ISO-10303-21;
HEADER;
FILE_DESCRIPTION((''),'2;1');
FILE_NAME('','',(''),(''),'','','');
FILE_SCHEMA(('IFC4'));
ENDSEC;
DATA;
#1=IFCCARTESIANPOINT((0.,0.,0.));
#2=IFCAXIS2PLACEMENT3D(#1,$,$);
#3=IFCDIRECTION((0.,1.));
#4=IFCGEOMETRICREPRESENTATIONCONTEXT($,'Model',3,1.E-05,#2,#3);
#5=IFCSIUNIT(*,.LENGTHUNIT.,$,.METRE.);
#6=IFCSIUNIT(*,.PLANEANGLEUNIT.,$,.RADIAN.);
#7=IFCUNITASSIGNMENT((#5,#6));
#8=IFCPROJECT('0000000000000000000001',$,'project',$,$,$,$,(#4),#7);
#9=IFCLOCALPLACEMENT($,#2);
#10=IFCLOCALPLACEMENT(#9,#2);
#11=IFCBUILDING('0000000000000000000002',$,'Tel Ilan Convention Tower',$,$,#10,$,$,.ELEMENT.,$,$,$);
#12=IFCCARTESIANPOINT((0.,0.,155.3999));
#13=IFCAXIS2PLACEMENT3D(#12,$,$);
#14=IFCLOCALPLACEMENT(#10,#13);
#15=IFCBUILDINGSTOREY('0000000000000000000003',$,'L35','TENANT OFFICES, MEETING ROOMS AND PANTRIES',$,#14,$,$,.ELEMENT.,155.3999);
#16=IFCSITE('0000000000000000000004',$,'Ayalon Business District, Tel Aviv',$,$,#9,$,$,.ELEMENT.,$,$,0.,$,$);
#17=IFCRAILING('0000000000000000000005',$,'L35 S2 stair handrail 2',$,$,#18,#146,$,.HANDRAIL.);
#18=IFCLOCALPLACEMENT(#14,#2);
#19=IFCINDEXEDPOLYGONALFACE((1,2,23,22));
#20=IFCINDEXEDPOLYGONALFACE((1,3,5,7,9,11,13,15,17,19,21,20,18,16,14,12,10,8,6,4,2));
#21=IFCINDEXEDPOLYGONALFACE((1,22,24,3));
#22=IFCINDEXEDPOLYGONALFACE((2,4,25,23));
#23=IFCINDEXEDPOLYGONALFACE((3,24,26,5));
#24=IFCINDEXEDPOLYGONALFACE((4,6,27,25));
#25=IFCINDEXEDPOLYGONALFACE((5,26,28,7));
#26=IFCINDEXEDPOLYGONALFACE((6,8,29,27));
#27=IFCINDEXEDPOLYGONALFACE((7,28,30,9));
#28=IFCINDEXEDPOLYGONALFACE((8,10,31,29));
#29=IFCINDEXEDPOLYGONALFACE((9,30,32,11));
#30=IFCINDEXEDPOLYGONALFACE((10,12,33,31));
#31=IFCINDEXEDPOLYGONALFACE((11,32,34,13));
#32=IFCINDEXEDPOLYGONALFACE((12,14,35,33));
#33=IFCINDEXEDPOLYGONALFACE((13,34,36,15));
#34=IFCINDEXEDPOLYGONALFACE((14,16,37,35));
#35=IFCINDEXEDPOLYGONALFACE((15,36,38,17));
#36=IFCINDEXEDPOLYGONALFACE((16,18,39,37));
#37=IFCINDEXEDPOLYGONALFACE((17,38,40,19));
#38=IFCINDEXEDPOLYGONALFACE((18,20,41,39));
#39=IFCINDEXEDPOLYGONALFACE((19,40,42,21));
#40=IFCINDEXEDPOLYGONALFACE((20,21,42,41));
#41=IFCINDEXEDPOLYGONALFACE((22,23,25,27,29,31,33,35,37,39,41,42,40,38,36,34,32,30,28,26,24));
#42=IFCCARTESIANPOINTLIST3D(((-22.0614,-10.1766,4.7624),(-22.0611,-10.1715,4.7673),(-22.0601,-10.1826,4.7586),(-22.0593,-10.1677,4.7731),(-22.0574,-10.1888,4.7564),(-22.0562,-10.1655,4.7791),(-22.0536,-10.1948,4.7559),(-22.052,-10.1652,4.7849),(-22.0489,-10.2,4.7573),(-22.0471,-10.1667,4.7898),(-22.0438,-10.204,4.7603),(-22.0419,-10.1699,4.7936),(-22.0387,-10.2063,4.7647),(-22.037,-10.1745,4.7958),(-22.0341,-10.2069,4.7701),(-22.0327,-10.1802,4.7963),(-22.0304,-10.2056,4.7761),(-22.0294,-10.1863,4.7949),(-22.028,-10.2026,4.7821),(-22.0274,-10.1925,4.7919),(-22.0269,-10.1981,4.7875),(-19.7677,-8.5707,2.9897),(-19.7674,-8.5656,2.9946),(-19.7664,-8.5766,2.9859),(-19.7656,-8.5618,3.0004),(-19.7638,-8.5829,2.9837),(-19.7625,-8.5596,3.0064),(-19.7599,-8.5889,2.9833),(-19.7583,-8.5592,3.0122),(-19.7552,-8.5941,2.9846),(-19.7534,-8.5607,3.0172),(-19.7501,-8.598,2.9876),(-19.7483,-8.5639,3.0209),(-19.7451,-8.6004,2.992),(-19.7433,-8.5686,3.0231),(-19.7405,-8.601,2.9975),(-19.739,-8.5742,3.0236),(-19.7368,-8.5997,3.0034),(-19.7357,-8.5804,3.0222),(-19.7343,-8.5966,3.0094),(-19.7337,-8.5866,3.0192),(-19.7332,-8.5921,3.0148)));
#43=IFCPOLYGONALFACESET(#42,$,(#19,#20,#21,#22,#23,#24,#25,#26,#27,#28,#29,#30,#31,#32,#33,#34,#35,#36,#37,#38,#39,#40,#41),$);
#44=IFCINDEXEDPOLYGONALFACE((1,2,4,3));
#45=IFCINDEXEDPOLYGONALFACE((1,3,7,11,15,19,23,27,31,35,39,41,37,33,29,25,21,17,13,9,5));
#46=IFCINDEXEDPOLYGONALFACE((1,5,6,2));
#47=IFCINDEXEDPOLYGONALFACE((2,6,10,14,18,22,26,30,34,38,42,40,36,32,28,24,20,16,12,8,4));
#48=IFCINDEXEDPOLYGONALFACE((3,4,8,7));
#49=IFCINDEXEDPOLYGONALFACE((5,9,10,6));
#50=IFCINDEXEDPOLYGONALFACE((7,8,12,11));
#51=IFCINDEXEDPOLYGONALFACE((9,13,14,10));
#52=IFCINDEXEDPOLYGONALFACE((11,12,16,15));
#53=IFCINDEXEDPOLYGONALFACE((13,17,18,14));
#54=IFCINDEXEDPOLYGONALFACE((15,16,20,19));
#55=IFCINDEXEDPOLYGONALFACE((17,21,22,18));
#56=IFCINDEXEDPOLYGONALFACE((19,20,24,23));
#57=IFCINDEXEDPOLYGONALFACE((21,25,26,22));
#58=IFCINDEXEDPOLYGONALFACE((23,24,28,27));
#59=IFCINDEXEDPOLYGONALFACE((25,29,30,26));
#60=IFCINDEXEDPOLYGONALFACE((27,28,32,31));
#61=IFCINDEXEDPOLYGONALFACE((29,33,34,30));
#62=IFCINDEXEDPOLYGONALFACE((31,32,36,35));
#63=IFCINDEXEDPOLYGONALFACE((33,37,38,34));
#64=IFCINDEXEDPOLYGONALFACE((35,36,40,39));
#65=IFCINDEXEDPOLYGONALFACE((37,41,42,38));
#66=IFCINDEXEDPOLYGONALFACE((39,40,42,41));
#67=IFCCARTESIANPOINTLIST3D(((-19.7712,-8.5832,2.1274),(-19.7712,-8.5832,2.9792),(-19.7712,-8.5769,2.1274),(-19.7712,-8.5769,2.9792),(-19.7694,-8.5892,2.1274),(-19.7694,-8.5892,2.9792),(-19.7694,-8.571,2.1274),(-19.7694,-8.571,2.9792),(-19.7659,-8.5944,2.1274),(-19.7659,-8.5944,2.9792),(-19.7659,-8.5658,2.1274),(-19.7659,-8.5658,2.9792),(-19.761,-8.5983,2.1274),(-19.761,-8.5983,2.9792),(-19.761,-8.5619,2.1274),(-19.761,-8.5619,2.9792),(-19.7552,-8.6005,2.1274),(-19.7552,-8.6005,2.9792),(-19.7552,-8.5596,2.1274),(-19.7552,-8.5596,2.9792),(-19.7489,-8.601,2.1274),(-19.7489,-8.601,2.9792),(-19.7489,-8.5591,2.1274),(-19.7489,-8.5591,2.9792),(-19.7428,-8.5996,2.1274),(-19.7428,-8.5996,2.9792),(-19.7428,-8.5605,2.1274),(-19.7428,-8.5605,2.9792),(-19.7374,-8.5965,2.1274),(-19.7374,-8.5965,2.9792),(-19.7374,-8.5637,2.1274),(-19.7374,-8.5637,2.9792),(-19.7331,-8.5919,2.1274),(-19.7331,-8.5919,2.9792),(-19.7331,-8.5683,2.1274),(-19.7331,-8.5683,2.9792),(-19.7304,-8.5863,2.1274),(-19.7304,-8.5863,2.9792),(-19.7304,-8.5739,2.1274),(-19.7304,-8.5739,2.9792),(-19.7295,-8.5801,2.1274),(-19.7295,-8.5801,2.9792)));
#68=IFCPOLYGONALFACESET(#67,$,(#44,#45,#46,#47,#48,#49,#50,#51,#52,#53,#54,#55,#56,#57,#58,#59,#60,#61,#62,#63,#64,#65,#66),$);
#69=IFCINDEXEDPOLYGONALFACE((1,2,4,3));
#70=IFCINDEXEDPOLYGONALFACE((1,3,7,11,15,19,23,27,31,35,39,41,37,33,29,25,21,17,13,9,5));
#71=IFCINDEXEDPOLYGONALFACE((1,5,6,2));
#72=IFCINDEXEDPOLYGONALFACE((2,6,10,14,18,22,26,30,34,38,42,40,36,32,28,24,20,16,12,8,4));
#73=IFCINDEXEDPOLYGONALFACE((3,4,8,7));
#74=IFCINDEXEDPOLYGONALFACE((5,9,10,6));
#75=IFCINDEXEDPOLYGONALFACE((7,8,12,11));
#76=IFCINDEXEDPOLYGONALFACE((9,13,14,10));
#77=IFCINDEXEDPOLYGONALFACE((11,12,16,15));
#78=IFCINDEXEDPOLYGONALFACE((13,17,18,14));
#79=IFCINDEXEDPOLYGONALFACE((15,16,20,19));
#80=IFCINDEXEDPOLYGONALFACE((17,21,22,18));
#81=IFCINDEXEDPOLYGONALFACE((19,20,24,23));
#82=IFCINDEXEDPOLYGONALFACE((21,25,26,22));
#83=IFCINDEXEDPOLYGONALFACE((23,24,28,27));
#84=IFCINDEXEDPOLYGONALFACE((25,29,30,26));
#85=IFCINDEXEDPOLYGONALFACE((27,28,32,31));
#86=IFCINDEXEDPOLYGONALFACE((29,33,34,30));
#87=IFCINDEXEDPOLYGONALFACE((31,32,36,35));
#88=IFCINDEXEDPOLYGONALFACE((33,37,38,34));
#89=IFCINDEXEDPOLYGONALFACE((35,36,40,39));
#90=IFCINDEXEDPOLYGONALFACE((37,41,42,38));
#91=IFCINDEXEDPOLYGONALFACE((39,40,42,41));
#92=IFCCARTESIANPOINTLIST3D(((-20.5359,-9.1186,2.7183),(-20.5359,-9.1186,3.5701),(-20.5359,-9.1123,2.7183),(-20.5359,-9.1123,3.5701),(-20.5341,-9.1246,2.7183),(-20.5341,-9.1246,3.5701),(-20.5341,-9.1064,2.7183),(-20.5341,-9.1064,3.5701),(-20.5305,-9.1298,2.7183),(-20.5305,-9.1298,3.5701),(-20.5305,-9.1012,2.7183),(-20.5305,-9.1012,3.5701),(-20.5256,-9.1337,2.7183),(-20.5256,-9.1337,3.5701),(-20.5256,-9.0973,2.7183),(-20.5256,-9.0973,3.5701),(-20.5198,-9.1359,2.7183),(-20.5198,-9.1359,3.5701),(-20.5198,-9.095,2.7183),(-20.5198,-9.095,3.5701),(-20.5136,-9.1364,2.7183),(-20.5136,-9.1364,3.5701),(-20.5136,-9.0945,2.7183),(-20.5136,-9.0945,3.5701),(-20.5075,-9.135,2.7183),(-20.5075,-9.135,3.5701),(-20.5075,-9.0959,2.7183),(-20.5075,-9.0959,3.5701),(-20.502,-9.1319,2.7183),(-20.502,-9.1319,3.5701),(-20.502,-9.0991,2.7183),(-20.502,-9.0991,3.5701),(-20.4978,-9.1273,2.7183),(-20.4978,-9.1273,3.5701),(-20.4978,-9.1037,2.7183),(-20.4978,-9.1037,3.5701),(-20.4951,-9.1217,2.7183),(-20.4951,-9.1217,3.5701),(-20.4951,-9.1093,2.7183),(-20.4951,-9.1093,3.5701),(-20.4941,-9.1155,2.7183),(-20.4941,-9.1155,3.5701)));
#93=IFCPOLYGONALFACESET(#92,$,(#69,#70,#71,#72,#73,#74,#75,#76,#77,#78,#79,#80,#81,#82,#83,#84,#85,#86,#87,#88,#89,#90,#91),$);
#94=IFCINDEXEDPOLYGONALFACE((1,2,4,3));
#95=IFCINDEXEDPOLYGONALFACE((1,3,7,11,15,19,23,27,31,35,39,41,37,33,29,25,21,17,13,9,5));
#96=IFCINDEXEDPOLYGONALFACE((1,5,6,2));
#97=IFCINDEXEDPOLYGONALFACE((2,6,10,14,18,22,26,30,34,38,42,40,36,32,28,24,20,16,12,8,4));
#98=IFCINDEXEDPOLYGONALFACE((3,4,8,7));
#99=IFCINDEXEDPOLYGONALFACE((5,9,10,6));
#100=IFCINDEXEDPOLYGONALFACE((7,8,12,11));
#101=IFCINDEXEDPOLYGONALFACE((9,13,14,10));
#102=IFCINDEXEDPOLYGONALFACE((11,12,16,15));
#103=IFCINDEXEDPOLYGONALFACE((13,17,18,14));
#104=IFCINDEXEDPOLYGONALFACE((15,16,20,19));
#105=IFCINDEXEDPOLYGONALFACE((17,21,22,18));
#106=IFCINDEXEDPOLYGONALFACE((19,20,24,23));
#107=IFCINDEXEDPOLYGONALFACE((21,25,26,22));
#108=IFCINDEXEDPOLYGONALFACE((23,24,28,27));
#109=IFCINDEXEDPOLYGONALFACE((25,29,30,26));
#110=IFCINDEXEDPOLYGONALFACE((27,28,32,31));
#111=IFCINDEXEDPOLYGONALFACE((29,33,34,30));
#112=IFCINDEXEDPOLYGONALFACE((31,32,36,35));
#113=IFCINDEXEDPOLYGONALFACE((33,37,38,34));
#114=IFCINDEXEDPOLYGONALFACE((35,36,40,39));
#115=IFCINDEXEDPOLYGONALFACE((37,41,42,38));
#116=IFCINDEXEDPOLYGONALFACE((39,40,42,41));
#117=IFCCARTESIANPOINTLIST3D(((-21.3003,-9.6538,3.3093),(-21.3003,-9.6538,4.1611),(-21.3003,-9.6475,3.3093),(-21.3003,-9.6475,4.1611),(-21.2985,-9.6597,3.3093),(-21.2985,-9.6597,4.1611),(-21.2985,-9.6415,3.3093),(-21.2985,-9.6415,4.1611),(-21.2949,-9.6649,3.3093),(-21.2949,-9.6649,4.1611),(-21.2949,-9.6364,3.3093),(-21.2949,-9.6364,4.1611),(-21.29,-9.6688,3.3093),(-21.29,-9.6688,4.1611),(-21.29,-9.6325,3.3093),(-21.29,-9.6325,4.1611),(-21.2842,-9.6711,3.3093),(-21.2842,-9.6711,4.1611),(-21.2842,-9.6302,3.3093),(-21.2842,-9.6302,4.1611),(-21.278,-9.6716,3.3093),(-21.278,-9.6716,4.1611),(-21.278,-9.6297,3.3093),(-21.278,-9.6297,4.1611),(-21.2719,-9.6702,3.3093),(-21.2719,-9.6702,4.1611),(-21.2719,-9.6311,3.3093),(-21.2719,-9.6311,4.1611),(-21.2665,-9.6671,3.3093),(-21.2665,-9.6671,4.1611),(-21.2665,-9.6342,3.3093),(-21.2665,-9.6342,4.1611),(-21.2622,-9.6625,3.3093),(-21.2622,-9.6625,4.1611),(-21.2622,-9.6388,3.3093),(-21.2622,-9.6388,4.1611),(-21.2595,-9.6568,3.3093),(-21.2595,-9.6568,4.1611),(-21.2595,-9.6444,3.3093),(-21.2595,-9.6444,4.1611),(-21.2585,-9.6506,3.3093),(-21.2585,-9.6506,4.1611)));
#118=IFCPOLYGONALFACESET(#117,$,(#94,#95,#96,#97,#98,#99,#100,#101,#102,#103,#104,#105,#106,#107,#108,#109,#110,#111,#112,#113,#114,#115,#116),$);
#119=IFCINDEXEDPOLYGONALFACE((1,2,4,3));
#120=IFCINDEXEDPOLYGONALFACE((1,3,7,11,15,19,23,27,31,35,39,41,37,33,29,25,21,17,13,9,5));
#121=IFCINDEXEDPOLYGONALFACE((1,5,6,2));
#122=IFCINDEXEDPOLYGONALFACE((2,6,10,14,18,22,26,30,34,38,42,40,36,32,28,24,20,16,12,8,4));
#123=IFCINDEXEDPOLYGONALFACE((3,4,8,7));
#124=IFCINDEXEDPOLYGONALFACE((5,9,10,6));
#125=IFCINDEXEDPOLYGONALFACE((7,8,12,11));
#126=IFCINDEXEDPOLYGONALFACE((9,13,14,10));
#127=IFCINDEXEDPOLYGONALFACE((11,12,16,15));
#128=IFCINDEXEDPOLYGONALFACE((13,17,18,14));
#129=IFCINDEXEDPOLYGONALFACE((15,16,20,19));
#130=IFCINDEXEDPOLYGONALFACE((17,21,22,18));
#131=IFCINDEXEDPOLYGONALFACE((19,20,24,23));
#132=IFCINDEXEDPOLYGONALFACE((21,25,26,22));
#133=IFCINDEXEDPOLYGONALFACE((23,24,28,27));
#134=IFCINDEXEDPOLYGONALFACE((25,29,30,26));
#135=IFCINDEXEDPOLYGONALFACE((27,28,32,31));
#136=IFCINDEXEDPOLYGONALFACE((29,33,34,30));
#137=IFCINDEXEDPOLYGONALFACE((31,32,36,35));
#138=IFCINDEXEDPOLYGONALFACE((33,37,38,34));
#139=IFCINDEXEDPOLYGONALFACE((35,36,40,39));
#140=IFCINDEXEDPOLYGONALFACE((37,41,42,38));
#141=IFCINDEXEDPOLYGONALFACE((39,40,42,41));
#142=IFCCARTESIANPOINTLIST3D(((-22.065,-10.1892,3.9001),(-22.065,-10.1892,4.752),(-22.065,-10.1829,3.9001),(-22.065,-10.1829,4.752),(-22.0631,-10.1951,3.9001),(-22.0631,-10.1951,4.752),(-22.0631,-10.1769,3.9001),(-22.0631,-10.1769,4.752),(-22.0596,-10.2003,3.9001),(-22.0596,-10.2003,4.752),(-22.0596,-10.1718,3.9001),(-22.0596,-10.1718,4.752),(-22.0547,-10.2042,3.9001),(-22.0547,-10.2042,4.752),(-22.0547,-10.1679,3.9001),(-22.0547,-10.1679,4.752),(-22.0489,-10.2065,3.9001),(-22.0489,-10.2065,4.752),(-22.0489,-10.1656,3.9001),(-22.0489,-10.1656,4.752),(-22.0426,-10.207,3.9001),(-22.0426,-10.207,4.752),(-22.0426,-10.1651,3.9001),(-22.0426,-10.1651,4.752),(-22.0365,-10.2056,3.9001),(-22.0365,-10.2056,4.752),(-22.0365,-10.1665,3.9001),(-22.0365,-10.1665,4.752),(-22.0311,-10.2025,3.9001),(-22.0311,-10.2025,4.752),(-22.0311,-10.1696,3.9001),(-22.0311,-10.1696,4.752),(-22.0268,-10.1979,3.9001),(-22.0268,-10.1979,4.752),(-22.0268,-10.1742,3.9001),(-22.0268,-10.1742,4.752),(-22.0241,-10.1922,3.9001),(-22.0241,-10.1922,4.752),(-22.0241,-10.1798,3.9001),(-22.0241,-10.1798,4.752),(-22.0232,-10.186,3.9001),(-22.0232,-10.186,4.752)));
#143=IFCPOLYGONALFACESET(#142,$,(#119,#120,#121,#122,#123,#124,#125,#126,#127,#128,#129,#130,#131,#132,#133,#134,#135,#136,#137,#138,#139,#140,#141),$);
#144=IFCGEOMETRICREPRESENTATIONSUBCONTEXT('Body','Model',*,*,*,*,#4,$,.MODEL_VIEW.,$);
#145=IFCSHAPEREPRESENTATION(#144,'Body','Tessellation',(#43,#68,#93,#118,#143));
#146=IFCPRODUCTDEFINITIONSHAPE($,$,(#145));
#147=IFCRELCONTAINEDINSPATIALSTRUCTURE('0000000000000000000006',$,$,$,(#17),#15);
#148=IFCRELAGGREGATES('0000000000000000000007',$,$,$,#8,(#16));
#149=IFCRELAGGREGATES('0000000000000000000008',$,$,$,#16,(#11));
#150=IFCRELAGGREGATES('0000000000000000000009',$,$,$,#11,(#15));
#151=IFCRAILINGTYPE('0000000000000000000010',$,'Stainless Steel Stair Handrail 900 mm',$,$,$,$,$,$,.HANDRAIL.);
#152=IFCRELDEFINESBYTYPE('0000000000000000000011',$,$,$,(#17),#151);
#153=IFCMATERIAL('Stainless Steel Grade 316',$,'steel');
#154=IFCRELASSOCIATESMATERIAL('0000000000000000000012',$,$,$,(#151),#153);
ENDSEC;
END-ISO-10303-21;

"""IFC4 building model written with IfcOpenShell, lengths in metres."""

from ifc_helpers import new_model, si_unit, direction, frame, origin, origin_2d, place, context, subcontext, project, spatial, circle, extrude, material, type_object, element, save


model = new_model("IFC4")

# Units and contexts
model_context = context("Model", 3, precision=1e-05, world=origin(), true_north=direction((0.0, 1.0)))
body_context = subcontext(model_context, "Body", "Model", "MODEL_VIEW")
ifc_project = project(units=[si_unit("LENGTHUNIT", "METRE"), si_unit("PLANEANGLEUNIT", "RADIAN")], contexts=[model_context])

# Site, building, storey
site_placement = place(None, origin())
site = spatial("IfcSite", under=ifc_project, at=site_placement, Name="Ayalon Business District, Tel Aviv", CompositionType="ELEMENT", RefElevation=0.0)
building_placement = place(site_placement, origin())
building = spatial("IfcBuilding", under=site, at=building_placement, Name="Tel Ilan Convention Tower", CompositionType="ELEMENT")
storey_placement = place(building_placement, frame((0.0, 0.0, 155.3999)))
storey = spatial("IfcBuildingStorey", under=building, at=storey_placement, Name="L35", Description="TENANT OFFICES, MEETING ROOMS AND PANTRIES", CompositionType="ELEMENT", Elevation=155.3999)

# Railing
ifc_material_1 = material(Name="Stainless Steel Grade 316", Category="steel")
railing_type_1 = type_object("IfcRailingType", Name="Stainless Steel Stair Handrail 900 mm", PredefinedType="HANDRAIL", material=ifc_material_1)
railing_1_placement = place(storey_placement, frame((-19.7505, -8.5801, 2.1274)))
element("IfcRailing", 1, at=railing_1_placement, inside=storey, type_object=railing_type_1, Name="L35 S2 stair handrail 2", PredefinedType="HANDRAIL", context=body_context, shape_type="SweptSolid", body=[
    extrude(circle(Radius=0.0239, at=origin_2d()), frame((0.0, 0.0, 0.876), z_axis=(-0.692123, -0.484597, 0.534913), x_axis=(0.57355, -0.81917, 0.0)), (0.0, 0.0, 1.0), 3.314),
    extrude(circle(Radius=0.021, at=origin_2d()), origin(), (0.0, 0.0, 1.0), 0.8518),
    extrude(circle(Radius=0.021, at=origin_2d()), frame((-0.7646, -0.5354, 0.5908)), (0.0, 0.0, 1.0), 0.8518),
    extrude(circle(Radius=0.021, at=origin_2d()), frame((-1.5291, -1.0706, 1.1819)), (0.0, 0.0, 1.0), 0.8518),
    extrude(circle(Radius=0.021, at=origin_2d()), frame((-2.2937, -1.606, 1.7727)), (0.0, 0.0, 1.0), 0.8518),
])

save(model, "model.ifc")
